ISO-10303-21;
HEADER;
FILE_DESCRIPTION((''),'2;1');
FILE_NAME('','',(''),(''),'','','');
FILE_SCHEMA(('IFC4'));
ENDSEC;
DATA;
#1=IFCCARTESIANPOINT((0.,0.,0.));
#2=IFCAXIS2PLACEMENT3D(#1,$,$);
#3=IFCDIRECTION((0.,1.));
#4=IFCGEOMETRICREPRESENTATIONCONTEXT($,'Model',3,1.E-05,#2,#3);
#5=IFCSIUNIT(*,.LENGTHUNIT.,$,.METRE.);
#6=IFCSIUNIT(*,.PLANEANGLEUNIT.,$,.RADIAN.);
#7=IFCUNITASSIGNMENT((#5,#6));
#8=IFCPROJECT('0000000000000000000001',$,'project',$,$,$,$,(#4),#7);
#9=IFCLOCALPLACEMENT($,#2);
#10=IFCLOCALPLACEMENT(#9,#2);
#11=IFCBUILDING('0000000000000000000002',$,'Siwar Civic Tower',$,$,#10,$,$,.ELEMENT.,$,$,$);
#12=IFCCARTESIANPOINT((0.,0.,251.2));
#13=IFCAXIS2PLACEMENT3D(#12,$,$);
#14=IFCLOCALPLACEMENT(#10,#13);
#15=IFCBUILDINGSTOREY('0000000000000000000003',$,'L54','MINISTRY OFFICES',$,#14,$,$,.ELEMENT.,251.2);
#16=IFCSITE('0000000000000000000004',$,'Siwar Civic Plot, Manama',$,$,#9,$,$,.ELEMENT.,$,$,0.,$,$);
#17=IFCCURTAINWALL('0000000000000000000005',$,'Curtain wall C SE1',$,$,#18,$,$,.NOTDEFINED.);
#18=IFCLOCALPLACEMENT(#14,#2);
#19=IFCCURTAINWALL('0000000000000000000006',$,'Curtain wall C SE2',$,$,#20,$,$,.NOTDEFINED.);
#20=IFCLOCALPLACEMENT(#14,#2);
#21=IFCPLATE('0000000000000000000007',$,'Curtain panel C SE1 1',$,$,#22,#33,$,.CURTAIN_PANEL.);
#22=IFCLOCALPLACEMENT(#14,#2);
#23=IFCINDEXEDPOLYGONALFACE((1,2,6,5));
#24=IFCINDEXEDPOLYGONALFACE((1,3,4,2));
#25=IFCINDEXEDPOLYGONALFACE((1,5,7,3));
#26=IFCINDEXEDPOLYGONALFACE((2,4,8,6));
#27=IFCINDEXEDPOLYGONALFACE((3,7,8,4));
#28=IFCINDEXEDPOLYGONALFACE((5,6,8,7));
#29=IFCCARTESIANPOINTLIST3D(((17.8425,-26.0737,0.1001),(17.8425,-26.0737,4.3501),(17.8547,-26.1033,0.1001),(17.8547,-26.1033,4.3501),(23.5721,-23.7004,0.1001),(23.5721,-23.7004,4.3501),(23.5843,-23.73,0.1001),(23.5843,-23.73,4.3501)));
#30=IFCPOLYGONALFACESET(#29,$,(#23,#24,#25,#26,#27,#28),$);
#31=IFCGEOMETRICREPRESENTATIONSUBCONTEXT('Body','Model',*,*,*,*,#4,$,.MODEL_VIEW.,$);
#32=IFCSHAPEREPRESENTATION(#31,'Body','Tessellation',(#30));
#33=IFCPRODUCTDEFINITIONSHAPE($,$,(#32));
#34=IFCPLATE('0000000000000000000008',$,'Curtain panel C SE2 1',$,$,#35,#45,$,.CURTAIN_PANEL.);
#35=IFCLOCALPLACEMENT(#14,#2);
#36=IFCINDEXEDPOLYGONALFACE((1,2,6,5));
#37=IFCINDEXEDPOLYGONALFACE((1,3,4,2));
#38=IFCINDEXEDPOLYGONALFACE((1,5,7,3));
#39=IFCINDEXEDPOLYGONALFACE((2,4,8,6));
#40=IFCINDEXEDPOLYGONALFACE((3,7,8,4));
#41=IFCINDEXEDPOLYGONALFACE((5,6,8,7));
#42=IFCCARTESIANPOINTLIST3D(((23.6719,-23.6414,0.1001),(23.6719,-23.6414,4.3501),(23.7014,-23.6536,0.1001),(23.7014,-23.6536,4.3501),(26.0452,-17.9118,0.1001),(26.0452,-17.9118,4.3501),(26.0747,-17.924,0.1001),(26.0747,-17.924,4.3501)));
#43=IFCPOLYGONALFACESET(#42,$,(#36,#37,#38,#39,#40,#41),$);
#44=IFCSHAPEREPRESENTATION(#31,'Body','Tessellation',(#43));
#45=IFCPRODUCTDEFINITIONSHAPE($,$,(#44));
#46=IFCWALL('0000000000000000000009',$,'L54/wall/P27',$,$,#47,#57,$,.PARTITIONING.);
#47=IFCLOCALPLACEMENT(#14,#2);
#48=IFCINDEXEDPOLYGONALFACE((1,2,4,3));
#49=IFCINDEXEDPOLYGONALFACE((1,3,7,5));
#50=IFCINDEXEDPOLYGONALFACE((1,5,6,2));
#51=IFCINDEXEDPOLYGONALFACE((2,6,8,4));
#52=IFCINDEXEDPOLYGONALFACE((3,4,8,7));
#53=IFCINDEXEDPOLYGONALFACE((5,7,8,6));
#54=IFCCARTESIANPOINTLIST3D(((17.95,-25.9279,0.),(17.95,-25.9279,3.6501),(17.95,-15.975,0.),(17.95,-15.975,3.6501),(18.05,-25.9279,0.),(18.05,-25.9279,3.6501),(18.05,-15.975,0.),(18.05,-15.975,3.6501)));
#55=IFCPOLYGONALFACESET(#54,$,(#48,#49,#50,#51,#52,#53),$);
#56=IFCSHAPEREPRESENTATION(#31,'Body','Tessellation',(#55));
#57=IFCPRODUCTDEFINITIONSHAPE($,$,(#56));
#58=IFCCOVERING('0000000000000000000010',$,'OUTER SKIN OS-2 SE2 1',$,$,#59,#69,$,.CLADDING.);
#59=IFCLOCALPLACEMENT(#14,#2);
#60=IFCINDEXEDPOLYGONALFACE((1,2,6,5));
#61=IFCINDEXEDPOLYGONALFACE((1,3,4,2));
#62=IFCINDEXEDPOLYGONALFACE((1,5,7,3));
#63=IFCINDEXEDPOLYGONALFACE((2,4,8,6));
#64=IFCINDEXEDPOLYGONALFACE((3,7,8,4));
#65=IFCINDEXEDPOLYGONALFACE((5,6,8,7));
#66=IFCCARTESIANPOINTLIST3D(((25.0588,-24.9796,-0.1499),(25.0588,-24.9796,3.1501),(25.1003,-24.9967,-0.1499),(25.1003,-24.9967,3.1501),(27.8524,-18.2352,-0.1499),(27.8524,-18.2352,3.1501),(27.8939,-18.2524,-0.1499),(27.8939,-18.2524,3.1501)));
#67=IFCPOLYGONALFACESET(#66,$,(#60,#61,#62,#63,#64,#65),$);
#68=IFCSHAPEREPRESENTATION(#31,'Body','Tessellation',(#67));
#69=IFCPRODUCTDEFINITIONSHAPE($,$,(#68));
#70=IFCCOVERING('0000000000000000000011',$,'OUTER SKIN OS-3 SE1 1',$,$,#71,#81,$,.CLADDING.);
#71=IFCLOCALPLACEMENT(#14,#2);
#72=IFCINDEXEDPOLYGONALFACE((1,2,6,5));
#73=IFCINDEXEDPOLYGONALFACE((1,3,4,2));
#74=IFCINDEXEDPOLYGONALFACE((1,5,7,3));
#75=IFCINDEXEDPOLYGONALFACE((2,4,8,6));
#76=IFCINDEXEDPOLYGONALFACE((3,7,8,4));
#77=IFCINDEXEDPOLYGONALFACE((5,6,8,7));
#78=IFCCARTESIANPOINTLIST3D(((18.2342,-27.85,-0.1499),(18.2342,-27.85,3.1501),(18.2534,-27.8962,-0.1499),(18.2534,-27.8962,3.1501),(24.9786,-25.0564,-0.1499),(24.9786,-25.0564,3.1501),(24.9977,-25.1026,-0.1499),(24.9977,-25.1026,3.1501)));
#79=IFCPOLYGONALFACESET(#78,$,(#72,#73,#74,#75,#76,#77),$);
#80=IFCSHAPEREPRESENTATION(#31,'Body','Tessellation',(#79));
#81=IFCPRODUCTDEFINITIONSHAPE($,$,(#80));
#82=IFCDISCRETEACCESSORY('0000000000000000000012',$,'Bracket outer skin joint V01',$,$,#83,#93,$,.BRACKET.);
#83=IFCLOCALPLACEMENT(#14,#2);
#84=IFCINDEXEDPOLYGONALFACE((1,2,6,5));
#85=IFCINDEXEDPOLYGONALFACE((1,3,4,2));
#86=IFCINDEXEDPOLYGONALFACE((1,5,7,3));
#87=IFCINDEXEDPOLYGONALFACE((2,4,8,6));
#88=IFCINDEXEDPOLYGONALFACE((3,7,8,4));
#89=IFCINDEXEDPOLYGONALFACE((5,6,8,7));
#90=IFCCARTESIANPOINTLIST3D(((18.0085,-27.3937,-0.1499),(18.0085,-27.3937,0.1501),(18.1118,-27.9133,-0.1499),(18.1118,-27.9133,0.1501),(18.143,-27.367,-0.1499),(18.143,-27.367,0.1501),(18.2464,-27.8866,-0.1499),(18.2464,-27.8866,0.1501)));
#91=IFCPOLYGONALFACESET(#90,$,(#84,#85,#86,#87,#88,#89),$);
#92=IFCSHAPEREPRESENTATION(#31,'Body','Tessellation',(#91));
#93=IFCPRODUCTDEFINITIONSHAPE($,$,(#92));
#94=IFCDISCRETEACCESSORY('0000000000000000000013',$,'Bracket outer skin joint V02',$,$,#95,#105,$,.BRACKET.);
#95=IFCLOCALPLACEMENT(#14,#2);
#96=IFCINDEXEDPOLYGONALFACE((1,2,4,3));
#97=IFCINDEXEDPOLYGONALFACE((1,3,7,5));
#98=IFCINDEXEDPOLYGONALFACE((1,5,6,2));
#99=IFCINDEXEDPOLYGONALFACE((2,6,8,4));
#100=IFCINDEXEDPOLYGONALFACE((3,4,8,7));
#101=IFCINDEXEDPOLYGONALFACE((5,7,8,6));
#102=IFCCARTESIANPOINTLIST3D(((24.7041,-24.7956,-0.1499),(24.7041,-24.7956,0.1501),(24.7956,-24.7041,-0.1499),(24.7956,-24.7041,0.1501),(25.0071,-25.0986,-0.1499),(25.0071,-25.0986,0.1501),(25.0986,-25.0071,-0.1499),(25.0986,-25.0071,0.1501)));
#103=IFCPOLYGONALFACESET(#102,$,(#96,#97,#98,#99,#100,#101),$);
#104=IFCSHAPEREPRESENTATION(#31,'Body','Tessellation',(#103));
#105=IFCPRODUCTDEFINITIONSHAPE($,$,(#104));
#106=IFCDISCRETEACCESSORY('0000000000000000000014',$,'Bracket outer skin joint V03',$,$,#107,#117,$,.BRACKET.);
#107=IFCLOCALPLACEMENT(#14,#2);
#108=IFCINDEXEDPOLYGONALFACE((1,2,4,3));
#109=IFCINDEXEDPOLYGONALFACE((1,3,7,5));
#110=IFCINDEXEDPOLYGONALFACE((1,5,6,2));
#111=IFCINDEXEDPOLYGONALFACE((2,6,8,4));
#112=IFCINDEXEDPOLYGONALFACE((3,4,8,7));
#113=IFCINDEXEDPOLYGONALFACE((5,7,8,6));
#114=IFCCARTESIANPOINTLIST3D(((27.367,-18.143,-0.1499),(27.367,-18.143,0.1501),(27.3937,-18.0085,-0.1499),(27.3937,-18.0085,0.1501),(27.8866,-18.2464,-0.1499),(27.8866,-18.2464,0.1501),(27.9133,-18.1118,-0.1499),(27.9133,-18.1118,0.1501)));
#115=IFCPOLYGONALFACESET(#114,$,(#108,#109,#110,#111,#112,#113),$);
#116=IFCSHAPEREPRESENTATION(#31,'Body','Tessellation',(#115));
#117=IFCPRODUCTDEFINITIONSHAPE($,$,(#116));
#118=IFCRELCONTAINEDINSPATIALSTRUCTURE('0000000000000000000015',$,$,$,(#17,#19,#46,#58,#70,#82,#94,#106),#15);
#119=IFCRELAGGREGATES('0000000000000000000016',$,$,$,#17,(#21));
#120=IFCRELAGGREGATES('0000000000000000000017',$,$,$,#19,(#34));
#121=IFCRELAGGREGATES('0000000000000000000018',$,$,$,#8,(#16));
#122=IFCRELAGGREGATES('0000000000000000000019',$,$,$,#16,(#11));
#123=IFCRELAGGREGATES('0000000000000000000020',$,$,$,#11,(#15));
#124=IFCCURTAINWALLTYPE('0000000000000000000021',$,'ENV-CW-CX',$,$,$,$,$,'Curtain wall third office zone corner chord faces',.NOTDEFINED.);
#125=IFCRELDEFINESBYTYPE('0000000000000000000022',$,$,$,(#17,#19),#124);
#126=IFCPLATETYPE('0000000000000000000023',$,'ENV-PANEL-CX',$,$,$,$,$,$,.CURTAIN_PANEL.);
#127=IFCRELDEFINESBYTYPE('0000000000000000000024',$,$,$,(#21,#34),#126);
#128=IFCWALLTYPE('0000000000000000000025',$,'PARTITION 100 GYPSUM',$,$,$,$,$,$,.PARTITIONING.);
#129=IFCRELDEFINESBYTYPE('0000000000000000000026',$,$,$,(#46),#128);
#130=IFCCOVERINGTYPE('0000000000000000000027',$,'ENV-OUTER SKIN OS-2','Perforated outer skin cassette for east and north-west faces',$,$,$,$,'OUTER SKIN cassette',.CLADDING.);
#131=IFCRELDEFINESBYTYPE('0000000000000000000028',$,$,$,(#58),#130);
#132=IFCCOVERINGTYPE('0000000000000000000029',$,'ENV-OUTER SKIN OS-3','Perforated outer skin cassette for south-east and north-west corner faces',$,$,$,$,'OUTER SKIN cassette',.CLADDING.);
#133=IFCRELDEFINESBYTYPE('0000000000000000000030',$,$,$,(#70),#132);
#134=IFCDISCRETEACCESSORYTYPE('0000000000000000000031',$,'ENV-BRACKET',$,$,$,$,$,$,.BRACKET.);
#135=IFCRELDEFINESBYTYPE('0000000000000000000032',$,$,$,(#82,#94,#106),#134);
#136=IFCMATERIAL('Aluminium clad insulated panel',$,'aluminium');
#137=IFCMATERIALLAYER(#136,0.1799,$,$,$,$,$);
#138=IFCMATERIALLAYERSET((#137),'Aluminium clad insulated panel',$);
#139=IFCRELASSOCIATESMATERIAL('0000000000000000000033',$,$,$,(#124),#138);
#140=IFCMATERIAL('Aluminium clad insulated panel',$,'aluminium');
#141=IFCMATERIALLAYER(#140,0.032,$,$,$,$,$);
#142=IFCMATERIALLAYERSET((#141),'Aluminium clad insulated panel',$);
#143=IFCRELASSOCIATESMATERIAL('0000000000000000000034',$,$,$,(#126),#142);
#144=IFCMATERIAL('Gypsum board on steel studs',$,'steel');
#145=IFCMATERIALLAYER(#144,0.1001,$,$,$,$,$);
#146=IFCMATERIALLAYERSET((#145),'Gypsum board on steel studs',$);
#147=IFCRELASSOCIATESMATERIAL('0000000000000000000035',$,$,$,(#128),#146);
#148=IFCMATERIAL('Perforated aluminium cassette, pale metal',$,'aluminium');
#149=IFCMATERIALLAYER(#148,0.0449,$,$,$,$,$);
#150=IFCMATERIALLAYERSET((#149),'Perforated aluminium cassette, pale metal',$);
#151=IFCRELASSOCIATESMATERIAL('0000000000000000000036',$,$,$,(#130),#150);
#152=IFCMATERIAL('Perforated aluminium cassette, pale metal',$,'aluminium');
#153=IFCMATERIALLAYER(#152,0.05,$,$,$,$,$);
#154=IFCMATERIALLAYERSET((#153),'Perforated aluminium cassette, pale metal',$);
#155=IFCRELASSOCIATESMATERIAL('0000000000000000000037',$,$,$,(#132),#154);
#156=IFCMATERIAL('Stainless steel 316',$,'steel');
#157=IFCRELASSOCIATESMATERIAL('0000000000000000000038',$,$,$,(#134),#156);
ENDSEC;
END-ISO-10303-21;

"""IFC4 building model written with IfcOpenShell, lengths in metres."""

from ifc_helpers import new_model, si_unit, direction, frame, frame_2d, origin, origin_2d, place, context, subcontext, project, spatial, rectangle, extrude, material, layer, layer_set, type_object, element, aggregate, save


model = new_model("IFC4")

# Units and contexts
model_context = context("Model", 3, precision=1e-05, world=origin(), true_north=direction((0.0, 1.0)))
body_context = subcontext(model_context, "Body", "Model", "MODEL_VIEW")
ifc_project = project(units=[si_unit("LENGTHUNIT", "METRE"), si_unit("PLANEANGLEUNIT", "RADIAN")], contexts=[model_context])

# Site, building, storey
site_placement = place(None, origin())
site = spatial("IfcSite", under=ifc_project, at=site_placement, Name="Siwar Civic Plot, Manama", CompositionType="ELEMENT", RefElevation=0.0)
building_placement = place(site_placement, origin())
building = spatial("IfcBuilding", under=site, at=building_placement, Name="Siwar Civic Tower", CompositionType="ELEMENT")
storey_placement = place(building_placement, frame((0.0, 0.0, 251.2)))
storey = spatial("IfcBuildingStorey", under=building, at=storey_placement, Name="L54", Description="MINISTRY OFFICES", CompositionType="ELEMENT", Elevation=251.2)

# Curtain walls
ifc_material_1 = material(Name="Aluminium clad insulated panel", Category="aluminium")
ifc_layer_1 = layer(ifc_material_1, 0.1799)
ifc_layer_set_1 = layer_set([ifc_layer_1], Name="Aluminium clad insulated panel")
curtain_wall_type = type_object("IfcCurtainWallType", Name="ENV-CW-CX", ElementType="Curtain wall third office zone corner chord faces", PredefinedType="NOTDEFINED", material=ifc_layer_set_1)
curtain_wall_1_placement = place(storey_placement, origin())
curtain_wall_1 = element("IfcCurtainWall", 1, at=curtain_wall_1_placement, inside=storey, type_object=curtain_wall_type, Name="Curtain wall C SE1", PredefinedType="NOTDEFINED")
curtain_wall_2_placement = place(storey_placement, origin())
curtain_wall_2 = element("IfcCurtainWall", 2, at=curtain_wall_2_placement, inside=storey, type_object=curtain_wall_type, Name="Curtain wall C SE2", PredefinedType="NOTDEFINED")

# Plates
ifc_material_2 = material(Name="Aluminium clad insulated panel", Category="aluminium")
ifc_layer_2 = layer(ifc_material_2, 0.032)
ifc_layer_set_2 = layer_set([ifc_layer_2], Name="Aluminium clad insulated panel")
plate_type = type_object("IfcPlateType", Name="ENV-PANEL-CX", PredefinedType="CURTAIN_PANEL", material=ifc_layer_set_2)
plate_1_placement = place(storey_placement, frame((20.7134, -24.9019, 0.1001), z_axis=(0.0, 0.0, 1.0), x_axis=(0.92388, 0.382683, 0.0)))
plate_1 = element("IfcPlate", 3, at=plate_1_placement, type_object=plate_type, Name="Curtain panel C SE1 1", PredefinedType="CURTAIN_PANEL", context=body_context, shape_type="SweptSolid", body=[
    extrude(rectangle(XDim=6.2017, YDim=0.032, at=origin_2d()), origin(), (0.0, 0.0, 1.0), 4.25),
])
aggregate(curtain_wall_1, [plate_1])
plate_2_placement = place(storey_placement, frame((24.8733, -20.7827, 0.1001), z_axis=(0.0, 0.0, 1.0), x_axis=(0.382683, 0.92388, 0.0)))
plate_2 = element("IfcPlate", 4, at=plate_2_placement, type_object=plate_type, Name="Curtain panel C SE2 1", PredefinedType="CURTAIN_PANEL", context=body_context, shape_type="SweptSolid", body=[
    extrude(rectangle(XDim=6.2017, YDim=0.032, at=origin_2d()), origin(), (0.0, 0.0, 1.0), 4.25),
])
aggregate(curtain_wall_2, [plate_2])

# Wall
ifc_material_3 = material(Name="Gypsum board on steel studs", Category="steel")
ifc_layer_3 = layer(ifc_material_3, 0.1001)
ifc_layer_set_3 = layer_set([ifc_layer_3], Name="Gypsum board on steel studs")
wall_type = type_object("IfcWallType", Name="PARTITION 100 GYPSUM", PredefinedType="PARTITIONING", material=ifc_layer_set_3)
wall_placement = place(storey_placement, frame((18.0, -25.928, 0.0), z_axis=(0.0, 0.0, 1.0), x_axis=(0.0, 1.0, 0.0)))
element("IfcWall", 5, at=wall_placement, inside=storey, type_object=wall_type, Name="L54/wall/P27", PredefinedType="PARTITIONING", context=body_context, shape_type="SweptSolid", body=[
    extrude(rectangle(XDim=9.9529, YDim=0.1001, at=frame_2d((4.9766, 0.0))), origin(), (0.0, 0.0, 1.0), 3.6501),
])

# Coverings
ifc_material_4 = material(Name="Perforated aluminium cassette, pale metal", Category="aluminium")
ifc_layer_4 = layer(ifc_material_4, 0.0449)
ifc_layer_set_4 = layer_set([ifc_layer_4], Name="Perforated aluminium cassette, pale metal")
covering_type_1 = type_object("IfcCoveringType", Name="ENV-OUTER SKIN OS-2", Description="Perforated outer skin cassette for east and north-west faces", ElementType="OUTER SKIN cassette", PredefinedType="CLADDING", material=ifc_layer_set_4)
covering_1_placement = place(storey_placement, frame((26.4763, -21.616, -0.1499), z_axis=(0.0, 0.0, 1.0), x_axis=(0.382683, 0.92388, 0.0)))
element("IfcCovering", 6, at=covering_1_placement, inside=storey, type_object=covering_type_1, Name="OUTER SKIN OS-2 SE2 1", PredefinedType="CLADDING", context=body_context, shape_type="SweptSolid", body=[
    extrude(rectangle(XDim=7.3, YDim=0.0449, at=origin_2d()), origin(), (0.0, 0.0, 1.0), 3.3),
])
ifc_material_5 = material(Name="Perforated aluminium cassette, pale metal", Category="aluminium")
ifc_layer_5 = layer(ifc_material_5, 0.05)
ifc_layer_set_5 = layer_set([ifc_layer_5], Name="Perforated aluminium cassette, pale metal")
covering_type_2 = type_object("IfcCoveringType", Name="ENV-OUTER SKIN OS-3", Description="Perforated outer skin cassette for south-east and north-west corner faces", ElementType="OUTER SKIN cassette", PredefinedType="CLADDING", material=ifc_layer_set_5)
covering_2_placement = place(storey_placement, frame((21.616, -26.4763, -0.1499), z_axis=(0.0, 0.0, 1.0), x_axis=(0.92388, 0.382683, 0.0)))
element("IfcCovering", 7, at=covering_2_placement, inside=storey, type_object=covering_type_2, Name="OUTER SKIN OS-3 SE1 1", PredefinedType="CLADDING", context=body_context, shape_type="SweptSolid", body=[
    extrude(rectangle(XDim=7.3, YDim=0.05, at=origin_2d()), origin(), (0.0, 0.0, 1.0), 3.3),
])

# Discrete accessories
ifc_material_6 = material(Name="Stainless steel 316", Category="steel")
discrete_accessory_type = type_object("IfcDiscreteAccessoryType", Name="ENV-BRACKET", PredefinedType="BRACKET", material=ifc_material_6)
discrete_accessory_1_placement = place(storey_placement, frame((18.1274, -27.6401, -0.1499), z_axis=(0.0, 0.0, 1.0), x_axis=(0.19509, -0.980785, 0.0)))
element("IfcDiscreteAccessory", 8, at=discrete_accessory_1_placement, inside=storey, type_object=discrete_accessory_type, Name="Bracket outer skin joint V01", PredefinedType="BRACKET", context=body_context, shape_type="SweptSolid", body=[
    extrude(rectangle(XDim=0.5298, YDim=0.1372, at=origin_2d()), origin(), (0.0, 0.0, 1.0), 0.3),
])
discrete_accessory_2_placement = place(storey_placement, frame((24.9014, -24.9014, -0.1499), z_axis=(0.0, 0.0, 1.0), x_axis=(0.707107, -0.707107, 0.0)))
element("IfcDiscreteAccessory", 9, at=discrete_accessory_2_placement, inside=storey, type_object=discrete_accessory_type, Name="Bracket outer skin joint V02", PredefinedType="BRACKET", context=body_context, shape_type="SweptSolid", body=[
    extrude(rectangle(XDim=0.4285, YDim=0.1294, at=origin_2d()), origin(), (0.0, 0.0, 1.0), 0.3),
])
discrete_accessory_3_placement = place(storey_placement, frame((27.6401, -18.1274, -0.1499), z_axis=(0.0, 0.0, 1.0), x_axis=(0.980785, -0.19509, 0.0)))
element("IfcDiscreteAccessory", 10, at=discrete_accessory_3_placement, inside=storey, type_object=discrete_accessory_type, Name="Bracket outer skin joint V03", PredefinedType="BRACKET", context=body_context, shape_type="SweptSolid", body=[
    extrude(rectangle(XDim=0.5298, YDim=0.1372, at=origin_2d()), origin(), (0.0, 0.0, 1.0), 0.3),
])

save(model, "model.ifc")
